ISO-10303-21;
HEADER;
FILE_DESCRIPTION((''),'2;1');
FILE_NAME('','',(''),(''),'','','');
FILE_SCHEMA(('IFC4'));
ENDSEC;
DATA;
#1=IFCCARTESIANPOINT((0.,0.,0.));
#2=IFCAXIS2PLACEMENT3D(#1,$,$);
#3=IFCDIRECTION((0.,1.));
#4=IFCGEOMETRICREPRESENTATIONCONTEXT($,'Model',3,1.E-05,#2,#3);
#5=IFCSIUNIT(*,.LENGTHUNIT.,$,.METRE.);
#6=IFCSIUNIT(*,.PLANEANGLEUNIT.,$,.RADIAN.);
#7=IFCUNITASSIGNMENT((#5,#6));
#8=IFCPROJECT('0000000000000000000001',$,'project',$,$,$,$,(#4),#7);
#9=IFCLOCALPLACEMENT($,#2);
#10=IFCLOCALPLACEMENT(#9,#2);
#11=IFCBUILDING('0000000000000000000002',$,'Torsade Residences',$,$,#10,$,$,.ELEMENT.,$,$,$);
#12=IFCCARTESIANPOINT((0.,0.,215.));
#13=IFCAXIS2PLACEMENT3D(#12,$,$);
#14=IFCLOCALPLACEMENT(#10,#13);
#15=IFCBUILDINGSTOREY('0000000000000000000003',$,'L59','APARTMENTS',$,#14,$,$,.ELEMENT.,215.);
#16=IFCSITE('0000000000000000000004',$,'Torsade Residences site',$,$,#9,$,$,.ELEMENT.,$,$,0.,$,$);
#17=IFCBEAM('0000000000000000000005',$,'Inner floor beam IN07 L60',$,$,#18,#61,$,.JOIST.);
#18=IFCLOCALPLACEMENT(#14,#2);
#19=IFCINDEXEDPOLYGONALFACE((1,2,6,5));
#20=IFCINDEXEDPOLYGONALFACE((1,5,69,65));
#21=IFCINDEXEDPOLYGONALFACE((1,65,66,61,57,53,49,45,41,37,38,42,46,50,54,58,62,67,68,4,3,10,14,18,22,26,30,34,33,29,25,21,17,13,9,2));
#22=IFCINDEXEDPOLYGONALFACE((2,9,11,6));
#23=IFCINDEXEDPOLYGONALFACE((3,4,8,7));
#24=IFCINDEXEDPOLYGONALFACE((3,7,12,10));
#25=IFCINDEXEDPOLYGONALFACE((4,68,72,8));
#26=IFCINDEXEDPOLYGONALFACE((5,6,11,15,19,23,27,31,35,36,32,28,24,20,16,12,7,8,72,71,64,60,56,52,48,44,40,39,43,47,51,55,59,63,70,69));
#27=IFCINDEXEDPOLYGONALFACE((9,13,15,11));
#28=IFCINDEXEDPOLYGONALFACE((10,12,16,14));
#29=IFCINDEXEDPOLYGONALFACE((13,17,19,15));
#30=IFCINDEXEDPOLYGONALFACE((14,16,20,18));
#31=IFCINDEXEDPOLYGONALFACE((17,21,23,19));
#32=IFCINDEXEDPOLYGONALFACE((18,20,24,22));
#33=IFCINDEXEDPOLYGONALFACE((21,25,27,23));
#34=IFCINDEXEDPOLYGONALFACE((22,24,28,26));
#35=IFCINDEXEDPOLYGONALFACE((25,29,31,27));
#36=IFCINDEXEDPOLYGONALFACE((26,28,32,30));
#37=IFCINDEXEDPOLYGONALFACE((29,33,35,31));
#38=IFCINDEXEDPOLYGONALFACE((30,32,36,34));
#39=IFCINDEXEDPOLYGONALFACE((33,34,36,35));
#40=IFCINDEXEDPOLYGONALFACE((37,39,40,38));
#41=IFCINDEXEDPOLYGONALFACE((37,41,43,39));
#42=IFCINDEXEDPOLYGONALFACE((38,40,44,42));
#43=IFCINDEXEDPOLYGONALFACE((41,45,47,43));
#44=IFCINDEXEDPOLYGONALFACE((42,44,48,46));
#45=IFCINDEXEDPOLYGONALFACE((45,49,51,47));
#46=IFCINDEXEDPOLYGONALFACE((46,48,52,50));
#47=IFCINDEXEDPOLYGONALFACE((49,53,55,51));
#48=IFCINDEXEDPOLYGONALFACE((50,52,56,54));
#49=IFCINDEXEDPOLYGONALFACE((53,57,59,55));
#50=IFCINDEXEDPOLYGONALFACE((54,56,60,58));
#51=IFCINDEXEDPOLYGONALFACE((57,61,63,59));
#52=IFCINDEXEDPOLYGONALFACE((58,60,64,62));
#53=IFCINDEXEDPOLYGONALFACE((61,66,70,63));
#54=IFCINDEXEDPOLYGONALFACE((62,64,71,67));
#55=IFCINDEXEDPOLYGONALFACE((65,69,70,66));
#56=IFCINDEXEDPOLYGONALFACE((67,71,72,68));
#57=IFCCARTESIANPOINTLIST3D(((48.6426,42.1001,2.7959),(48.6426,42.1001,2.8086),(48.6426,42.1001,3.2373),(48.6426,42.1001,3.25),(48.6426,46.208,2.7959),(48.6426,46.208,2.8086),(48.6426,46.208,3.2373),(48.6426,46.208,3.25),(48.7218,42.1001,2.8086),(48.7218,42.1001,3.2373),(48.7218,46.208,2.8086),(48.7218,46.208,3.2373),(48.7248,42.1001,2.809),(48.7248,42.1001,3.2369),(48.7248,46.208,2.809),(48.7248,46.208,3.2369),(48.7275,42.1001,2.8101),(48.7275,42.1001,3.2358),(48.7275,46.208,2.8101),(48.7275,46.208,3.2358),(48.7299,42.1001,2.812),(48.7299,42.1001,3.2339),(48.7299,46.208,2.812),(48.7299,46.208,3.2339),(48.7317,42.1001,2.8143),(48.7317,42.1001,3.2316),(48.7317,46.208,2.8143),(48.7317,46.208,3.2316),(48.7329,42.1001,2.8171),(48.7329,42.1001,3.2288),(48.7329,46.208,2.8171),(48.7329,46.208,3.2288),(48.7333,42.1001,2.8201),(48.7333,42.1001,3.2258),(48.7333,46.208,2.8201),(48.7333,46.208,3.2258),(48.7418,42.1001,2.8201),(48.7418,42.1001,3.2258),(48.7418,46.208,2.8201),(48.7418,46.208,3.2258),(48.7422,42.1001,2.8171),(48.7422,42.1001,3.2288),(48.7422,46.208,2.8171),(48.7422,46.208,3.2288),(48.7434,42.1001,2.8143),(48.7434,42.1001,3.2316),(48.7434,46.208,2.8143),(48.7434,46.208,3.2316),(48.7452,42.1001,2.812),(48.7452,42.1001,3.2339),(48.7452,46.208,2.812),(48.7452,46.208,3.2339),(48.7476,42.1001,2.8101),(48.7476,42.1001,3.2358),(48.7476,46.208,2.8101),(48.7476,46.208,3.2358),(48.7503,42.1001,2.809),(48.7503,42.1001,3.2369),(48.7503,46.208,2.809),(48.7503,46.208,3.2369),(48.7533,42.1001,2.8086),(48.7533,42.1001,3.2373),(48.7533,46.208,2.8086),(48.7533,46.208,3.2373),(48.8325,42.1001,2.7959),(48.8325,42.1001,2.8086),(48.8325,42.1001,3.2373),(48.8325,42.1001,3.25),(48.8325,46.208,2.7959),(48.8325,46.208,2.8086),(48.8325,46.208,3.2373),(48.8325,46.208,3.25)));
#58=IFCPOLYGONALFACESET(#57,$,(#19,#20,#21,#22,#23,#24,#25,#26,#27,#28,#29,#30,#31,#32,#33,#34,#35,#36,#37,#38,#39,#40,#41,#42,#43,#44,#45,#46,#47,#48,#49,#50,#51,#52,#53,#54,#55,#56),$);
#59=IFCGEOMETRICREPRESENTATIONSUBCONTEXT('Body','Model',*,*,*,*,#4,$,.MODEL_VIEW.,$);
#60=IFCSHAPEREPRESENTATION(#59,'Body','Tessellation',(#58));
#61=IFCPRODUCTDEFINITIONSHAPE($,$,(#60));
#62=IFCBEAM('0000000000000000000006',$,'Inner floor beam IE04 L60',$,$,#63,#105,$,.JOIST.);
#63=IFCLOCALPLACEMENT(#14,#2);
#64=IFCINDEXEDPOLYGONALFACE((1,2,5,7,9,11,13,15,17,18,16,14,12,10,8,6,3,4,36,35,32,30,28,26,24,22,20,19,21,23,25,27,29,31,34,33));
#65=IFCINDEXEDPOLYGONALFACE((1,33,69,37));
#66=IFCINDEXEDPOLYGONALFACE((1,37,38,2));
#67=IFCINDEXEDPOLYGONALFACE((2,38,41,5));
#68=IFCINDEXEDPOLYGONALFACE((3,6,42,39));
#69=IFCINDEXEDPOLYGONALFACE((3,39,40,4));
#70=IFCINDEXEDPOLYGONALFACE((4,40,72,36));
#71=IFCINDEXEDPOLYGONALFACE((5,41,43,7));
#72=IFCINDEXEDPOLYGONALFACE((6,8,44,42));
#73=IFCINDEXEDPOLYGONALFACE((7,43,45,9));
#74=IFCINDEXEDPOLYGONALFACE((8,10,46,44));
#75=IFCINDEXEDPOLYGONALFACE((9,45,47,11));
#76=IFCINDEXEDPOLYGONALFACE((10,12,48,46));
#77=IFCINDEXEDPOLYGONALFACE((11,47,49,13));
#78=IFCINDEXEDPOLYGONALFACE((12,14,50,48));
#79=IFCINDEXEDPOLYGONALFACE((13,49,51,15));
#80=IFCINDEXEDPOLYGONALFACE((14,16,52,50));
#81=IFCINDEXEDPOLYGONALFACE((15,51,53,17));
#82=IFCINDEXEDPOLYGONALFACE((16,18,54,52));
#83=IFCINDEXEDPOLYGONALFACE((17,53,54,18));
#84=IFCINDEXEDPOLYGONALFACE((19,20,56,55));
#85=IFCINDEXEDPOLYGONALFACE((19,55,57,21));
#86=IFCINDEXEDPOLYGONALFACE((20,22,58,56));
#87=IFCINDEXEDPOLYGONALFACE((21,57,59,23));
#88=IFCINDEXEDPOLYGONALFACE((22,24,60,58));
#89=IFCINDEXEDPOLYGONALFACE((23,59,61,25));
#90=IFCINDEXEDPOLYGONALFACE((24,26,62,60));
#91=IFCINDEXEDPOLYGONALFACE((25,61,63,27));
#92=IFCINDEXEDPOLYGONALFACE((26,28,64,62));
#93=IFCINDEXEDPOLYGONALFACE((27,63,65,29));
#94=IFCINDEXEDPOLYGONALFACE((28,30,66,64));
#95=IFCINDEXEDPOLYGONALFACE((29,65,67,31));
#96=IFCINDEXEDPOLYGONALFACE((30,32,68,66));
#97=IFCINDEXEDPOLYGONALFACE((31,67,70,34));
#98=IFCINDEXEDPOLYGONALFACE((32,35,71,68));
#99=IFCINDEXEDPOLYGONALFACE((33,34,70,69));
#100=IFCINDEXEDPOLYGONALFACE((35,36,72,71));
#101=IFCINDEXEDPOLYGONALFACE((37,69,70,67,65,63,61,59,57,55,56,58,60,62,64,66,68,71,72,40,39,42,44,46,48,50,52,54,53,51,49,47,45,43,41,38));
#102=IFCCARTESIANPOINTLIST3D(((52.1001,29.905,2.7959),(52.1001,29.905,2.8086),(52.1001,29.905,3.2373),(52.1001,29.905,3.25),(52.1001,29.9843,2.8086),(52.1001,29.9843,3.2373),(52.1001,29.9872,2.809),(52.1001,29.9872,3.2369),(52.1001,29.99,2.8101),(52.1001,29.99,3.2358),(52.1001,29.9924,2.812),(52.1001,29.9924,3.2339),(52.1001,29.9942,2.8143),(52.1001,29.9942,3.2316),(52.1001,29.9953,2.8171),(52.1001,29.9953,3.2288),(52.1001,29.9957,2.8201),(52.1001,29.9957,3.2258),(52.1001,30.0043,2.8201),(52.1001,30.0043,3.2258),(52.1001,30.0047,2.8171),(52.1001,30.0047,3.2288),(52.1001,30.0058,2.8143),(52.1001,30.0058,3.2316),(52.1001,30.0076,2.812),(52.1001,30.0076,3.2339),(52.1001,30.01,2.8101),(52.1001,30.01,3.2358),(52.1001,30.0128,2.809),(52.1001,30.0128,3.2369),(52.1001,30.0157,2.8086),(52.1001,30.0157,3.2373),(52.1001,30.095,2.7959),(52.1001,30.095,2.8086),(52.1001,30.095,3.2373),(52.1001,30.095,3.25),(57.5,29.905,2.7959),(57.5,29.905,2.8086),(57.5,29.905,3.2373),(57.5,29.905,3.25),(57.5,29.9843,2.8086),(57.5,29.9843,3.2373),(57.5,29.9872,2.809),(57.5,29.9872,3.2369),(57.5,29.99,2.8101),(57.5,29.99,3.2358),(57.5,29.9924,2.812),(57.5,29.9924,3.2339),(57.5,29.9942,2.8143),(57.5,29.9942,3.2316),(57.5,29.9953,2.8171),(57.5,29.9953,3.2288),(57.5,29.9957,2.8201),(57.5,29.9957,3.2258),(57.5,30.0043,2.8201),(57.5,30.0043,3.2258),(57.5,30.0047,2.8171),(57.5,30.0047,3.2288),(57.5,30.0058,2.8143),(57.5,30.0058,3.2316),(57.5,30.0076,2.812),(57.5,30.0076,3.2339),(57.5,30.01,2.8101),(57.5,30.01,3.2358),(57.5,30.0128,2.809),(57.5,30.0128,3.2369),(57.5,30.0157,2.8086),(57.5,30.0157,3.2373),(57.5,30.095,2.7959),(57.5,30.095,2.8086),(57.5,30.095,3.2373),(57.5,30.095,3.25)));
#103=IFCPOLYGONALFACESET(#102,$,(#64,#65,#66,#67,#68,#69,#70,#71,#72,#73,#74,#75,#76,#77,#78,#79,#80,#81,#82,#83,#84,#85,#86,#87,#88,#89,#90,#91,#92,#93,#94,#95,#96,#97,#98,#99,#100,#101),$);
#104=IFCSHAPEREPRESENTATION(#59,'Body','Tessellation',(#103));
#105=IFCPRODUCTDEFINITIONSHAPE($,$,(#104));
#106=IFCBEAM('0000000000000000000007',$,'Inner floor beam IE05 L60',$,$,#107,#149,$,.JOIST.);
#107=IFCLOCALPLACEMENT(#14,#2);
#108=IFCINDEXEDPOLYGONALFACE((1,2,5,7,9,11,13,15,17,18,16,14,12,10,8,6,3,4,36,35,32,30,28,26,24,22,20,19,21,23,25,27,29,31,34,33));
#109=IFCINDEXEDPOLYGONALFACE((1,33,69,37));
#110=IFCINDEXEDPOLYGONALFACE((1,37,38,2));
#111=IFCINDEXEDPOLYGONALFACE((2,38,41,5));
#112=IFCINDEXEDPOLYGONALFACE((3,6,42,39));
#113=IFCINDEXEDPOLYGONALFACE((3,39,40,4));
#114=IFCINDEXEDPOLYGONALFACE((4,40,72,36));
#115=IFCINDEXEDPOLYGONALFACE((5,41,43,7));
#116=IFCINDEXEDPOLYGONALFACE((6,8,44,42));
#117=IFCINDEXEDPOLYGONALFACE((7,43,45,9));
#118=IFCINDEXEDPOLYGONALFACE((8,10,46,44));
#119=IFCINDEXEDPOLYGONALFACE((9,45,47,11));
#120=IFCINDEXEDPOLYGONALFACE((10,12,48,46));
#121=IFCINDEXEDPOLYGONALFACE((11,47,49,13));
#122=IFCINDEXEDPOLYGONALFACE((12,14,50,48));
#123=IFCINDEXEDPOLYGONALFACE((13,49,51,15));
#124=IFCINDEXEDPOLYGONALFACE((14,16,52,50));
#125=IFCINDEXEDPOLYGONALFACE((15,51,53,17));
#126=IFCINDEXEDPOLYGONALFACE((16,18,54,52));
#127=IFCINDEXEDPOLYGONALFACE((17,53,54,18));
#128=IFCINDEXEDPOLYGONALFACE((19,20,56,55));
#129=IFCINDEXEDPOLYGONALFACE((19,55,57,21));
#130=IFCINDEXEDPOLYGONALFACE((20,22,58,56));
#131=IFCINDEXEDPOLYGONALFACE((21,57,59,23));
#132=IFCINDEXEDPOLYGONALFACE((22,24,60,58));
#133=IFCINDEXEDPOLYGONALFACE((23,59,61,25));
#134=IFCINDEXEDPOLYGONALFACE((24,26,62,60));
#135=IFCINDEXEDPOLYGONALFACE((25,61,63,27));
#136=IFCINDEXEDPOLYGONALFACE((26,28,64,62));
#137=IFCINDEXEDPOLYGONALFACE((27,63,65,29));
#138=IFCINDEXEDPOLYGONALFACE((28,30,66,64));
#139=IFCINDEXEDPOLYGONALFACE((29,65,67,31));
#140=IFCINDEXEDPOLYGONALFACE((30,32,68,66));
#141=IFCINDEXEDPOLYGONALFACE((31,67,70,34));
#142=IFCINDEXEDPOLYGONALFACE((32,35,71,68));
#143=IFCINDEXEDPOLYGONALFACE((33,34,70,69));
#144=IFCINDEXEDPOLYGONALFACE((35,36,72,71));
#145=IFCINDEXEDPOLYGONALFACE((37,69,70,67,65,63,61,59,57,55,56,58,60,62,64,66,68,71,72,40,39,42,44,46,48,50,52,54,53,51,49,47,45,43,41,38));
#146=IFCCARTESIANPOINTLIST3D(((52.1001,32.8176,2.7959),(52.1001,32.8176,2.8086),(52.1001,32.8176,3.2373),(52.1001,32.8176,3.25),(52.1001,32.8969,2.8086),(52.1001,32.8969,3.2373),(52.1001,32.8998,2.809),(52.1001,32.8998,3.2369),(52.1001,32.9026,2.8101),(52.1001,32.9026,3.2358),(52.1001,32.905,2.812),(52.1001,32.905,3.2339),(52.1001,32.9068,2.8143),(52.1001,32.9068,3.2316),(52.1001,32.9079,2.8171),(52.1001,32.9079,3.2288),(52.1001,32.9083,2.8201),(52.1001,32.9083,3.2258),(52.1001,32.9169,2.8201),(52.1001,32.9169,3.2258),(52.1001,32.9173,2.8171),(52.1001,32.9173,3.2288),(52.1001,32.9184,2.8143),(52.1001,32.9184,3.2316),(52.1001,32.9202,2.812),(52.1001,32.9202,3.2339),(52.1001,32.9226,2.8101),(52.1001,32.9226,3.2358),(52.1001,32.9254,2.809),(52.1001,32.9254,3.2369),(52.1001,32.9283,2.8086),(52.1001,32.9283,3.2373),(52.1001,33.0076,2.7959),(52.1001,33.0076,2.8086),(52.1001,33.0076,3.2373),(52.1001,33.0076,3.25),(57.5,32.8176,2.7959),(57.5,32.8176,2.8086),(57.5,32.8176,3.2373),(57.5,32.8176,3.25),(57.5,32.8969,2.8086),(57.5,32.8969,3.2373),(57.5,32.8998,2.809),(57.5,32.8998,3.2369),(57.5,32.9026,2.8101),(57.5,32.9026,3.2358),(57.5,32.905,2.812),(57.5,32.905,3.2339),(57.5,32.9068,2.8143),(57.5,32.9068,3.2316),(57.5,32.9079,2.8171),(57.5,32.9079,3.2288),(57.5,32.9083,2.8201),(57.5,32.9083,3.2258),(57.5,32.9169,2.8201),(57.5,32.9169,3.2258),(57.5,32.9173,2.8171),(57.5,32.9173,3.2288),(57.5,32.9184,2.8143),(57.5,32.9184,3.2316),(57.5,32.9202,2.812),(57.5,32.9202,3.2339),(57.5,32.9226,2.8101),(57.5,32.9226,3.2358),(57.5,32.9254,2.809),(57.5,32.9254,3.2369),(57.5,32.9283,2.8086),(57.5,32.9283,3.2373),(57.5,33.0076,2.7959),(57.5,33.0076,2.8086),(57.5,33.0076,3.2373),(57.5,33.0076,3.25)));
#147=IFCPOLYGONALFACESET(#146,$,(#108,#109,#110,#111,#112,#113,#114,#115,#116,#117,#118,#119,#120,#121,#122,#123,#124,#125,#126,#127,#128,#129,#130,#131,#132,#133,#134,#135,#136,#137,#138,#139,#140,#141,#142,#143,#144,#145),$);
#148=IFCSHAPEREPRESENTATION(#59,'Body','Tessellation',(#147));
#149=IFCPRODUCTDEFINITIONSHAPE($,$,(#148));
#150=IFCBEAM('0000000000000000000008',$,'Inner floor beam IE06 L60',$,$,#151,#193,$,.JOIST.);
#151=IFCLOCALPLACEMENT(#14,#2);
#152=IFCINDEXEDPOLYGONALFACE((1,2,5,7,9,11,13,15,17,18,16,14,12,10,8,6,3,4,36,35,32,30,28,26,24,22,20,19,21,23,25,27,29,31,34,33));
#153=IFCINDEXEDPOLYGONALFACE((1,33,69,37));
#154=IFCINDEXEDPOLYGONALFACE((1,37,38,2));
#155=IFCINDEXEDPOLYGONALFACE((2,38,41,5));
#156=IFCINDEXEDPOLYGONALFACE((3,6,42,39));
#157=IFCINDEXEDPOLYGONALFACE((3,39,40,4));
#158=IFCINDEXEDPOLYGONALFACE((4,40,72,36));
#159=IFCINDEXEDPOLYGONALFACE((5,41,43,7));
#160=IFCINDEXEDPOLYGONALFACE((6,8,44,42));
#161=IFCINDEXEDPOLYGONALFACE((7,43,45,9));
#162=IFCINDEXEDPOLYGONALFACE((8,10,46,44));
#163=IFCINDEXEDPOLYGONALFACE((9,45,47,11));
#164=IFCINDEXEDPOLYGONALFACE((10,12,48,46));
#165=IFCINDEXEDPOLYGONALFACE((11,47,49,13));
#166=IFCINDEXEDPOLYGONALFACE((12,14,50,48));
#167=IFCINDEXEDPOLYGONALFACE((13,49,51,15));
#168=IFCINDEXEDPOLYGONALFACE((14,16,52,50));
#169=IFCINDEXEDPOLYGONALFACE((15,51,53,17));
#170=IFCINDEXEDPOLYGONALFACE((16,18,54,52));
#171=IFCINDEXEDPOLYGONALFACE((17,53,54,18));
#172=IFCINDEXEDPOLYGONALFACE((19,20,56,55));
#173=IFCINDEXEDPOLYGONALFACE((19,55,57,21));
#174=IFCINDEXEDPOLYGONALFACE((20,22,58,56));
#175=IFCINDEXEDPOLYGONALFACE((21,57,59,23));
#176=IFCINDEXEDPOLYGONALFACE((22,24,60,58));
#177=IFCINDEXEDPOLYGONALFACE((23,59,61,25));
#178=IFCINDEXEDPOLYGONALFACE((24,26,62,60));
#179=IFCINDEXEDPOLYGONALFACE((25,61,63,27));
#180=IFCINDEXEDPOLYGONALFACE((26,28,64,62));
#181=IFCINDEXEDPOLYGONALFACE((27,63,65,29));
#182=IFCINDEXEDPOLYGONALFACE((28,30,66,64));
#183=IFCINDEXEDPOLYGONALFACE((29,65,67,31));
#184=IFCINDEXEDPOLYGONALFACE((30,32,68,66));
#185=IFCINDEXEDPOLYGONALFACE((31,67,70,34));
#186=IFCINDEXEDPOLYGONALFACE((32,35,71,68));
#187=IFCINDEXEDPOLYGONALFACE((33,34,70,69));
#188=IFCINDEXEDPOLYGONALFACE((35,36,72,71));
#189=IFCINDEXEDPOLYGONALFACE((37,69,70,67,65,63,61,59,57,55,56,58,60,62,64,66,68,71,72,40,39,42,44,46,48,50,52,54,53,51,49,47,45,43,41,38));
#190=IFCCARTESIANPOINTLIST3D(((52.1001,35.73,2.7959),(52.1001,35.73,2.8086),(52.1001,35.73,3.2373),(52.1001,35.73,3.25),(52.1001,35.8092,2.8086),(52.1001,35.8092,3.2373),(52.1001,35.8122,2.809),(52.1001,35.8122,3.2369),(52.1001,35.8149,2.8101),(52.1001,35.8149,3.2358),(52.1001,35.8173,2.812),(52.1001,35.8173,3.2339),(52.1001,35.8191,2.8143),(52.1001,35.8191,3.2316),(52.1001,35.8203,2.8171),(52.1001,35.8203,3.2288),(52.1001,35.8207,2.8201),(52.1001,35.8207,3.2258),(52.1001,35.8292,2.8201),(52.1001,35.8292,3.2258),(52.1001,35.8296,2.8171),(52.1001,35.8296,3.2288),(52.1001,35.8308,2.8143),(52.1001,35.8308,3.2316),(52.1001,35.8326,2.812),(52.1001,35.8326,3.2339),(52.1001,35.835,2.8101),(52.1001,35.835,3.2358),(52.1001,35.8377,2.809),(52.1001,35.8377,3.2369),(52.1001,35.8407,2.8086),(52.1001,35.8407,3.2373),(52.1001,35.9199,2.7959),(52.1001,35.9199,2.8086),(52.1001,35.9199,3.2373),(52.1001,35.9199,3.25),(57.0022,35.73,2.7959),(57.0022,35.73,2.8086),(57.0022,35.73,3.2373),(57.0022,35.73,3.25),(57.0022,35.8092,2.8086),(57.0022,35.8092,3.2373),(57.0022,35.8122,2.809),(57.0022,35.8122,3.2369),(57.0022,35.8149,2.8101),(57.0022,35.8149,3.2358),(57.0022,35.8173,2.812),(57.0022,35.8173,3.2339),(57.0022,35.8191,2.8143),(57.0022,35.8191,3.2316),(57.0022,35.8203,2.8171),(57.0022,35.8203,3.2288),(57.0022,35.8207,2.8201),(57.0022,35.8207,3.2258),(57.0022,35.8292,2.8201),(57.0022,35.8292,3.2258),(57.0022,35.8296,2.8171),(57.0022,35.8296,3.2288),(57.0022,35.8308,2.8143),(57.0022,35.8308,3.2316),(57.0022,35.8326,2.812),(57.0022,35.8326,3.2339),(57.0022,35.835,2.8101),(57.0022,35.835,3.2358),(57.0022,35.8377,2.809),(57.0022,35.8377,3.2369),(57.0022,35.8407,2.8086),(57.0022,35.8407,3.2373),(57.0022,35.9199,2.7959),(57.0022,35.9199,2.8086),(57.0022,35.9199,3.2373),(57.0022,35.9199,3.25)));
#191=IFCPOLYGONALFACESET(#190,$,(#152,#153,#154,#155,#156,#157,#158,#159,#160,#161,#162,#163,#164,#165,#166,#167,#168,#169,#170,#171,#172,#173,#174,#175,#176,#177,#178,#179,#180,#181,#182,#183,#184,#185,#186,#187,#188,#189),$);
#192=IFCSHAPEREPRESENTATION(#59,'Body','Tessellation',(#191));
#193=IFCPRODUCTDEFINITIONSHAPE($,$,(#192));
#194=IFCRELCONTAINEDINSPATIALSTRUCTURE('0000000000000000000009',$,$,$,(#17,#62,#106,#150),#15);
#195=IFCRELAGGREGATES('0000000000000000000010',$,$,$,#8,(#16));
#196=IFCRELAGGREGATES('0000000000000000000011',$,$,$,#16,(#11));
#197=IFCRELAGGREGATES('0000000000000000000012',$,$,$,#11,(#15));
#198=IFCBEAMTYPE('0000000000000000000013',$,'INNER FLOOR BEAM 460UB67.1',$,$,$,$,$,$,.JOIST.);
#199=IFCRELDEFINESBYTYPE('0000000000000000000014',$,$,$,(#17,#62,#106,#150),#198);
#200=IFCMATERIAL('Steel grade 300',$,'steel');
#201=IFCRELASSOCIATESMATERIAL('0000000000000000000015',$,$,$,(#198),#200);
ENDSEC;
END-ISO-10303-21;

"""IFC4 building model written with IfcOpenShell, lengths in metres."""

from ifc_helpers import new_model, si_unit, direction, frame, origin, origin_2d, place, context, subcontext, project, spatial, i_section, extrude, material, material_profile, profile_set, type_object, element, save


model = new_model("IFC4")

# Units and contexts
model_context = context("Model", 3, precision=1e-05, world=origin(), true_north=direction((0.0, 1.0)))
body_context = subcontext(model_context, "Body", "Model", "MODEL_VIEW")
ifc_project = project(units=[si_unit("LENGTHUNIT", "METRE"), si_unit("PLANEANGLEUNIT", "RADIAN")], contexts=[model_context])

# Site, building, storey
site_placement = place(None, origin())
site = spatial("IfcSite", under=ifc_project, at=site_placement, Name="Torsade Residences site", CompositionType="ELEMENT", RefElevation=0.0)
building_placement = place(site_placement, origin())
building = spatial("IfcBuilding", under=site, at=building_placement, Name="Torsade Residences", CompositionType="ELEMENT")
storey_placement = place(building_placement, frame((0.0, 0.0, 215.0)))
storey = spatial("IfcBuildingStorey", under=building, at=storey_placement, Name="L59", Description="APARTMENTS", CompositionType="ELEMENT", Elevation=215.0)

# Beams
ifc_material_1 = material(Name="Steel grade 300", Category="steel")
ifc_material_profile_1 = material_profile(ifc_material_1, i_section(OverallWidth=0.1899, OverallDepth=0.4541, WebThickness=0.0085, FlangeThickness=0.0127, FilletRadius=0.0115, at=origin_2d()), Name="460UB67.1")
ifc_profile_set_1 = profile_set([ifc_material_profile_1], Name="Steel grade 300")
beam_type_1 = type_object("IfcBeamType", Name="INNER FLOOR BEAM 460UB67.1", PredefinedType="JOIST", material=ifc_profile_set_1)
beam_1_placement = place(storey_placement, frame((48.7375, 42.1001, 3.0229), z_axis=(0.0, 1.0, 0.0), x_axis=(-1.0, 0.0, 0.0)))
element("IfcBeam", 1, at=beam_1_placement, inside=storey, type_object=beam_type_1, Name="Inner floor beam IN07 L60", PredefinedType="JOIST", context=body_context, shape_type="SweptSolid", body=[
    extrude(i_section(OverallWidth=0.1899, OverallDepth=0.4541, WebThickness=0.0085, FlangeThickness=0.0127, FilletRadius=0.0115, at=origin_2d()), origin(), (0.0, 0.0, 1.0), 4.1079),
])
for number, where, z_axis, x_axis, name in (
    (2, (52.1001, 30.0, 3.0229), (1.0, 0.0, 0.0), (0.0, 1.0, 0.0), "Inner floor beam IE04 L60"),
    (3, (52.1001, 32.9126, 3.0229), (1.0, 0.0, 0.0), (0.0, 1.0, 0.0), "Inner floor beam IE05 L60"),
):
    element("IfcBeam", number, at=place(storey_placement, frame(where, z_axis=z_axis, x_axis=x_axis)), inside=storey, type_object=beam_type_1, Name=name, PredefinedType="JOIST", context=body_context, shape_type="SweptSolid", body=[
        extrude(i_section(OverallWidth=0.1899, OverallDepth=0.4541, WebThickness=0.0085, FlangeThickness=0.0127, FilletRadius=0.0115, at=origin_2d()), origin(), (0.0, 0.0, 1.0), 5.3999),
    ])
beam_2_placement = place(storey_placement, frame((52.1001, 35.825, 3.0229), z_axis=(1.0, 0.0, 0.0), x_axis=(0.0, 1.0, 0.0)))
element("IfcBeam", 4, at=beam_2_placement, inside=storey, type_object=beam_type_1, Name="Inner floor beam IE06 L60", PredefinedType="JOIST", context=body_context, shape_type="SweptSolid", body=[
    extrude(i_section(OverallWidth=0.1899, OverallDepth=0.4541, WebThickness=0.0085, FlangeThickness=0.0127, FilletRadius=0.0115, at=origin_2d()), origin(), (0.0, 0.0, 1.0), 4.9021),
])

save(model, "model.ifc")
